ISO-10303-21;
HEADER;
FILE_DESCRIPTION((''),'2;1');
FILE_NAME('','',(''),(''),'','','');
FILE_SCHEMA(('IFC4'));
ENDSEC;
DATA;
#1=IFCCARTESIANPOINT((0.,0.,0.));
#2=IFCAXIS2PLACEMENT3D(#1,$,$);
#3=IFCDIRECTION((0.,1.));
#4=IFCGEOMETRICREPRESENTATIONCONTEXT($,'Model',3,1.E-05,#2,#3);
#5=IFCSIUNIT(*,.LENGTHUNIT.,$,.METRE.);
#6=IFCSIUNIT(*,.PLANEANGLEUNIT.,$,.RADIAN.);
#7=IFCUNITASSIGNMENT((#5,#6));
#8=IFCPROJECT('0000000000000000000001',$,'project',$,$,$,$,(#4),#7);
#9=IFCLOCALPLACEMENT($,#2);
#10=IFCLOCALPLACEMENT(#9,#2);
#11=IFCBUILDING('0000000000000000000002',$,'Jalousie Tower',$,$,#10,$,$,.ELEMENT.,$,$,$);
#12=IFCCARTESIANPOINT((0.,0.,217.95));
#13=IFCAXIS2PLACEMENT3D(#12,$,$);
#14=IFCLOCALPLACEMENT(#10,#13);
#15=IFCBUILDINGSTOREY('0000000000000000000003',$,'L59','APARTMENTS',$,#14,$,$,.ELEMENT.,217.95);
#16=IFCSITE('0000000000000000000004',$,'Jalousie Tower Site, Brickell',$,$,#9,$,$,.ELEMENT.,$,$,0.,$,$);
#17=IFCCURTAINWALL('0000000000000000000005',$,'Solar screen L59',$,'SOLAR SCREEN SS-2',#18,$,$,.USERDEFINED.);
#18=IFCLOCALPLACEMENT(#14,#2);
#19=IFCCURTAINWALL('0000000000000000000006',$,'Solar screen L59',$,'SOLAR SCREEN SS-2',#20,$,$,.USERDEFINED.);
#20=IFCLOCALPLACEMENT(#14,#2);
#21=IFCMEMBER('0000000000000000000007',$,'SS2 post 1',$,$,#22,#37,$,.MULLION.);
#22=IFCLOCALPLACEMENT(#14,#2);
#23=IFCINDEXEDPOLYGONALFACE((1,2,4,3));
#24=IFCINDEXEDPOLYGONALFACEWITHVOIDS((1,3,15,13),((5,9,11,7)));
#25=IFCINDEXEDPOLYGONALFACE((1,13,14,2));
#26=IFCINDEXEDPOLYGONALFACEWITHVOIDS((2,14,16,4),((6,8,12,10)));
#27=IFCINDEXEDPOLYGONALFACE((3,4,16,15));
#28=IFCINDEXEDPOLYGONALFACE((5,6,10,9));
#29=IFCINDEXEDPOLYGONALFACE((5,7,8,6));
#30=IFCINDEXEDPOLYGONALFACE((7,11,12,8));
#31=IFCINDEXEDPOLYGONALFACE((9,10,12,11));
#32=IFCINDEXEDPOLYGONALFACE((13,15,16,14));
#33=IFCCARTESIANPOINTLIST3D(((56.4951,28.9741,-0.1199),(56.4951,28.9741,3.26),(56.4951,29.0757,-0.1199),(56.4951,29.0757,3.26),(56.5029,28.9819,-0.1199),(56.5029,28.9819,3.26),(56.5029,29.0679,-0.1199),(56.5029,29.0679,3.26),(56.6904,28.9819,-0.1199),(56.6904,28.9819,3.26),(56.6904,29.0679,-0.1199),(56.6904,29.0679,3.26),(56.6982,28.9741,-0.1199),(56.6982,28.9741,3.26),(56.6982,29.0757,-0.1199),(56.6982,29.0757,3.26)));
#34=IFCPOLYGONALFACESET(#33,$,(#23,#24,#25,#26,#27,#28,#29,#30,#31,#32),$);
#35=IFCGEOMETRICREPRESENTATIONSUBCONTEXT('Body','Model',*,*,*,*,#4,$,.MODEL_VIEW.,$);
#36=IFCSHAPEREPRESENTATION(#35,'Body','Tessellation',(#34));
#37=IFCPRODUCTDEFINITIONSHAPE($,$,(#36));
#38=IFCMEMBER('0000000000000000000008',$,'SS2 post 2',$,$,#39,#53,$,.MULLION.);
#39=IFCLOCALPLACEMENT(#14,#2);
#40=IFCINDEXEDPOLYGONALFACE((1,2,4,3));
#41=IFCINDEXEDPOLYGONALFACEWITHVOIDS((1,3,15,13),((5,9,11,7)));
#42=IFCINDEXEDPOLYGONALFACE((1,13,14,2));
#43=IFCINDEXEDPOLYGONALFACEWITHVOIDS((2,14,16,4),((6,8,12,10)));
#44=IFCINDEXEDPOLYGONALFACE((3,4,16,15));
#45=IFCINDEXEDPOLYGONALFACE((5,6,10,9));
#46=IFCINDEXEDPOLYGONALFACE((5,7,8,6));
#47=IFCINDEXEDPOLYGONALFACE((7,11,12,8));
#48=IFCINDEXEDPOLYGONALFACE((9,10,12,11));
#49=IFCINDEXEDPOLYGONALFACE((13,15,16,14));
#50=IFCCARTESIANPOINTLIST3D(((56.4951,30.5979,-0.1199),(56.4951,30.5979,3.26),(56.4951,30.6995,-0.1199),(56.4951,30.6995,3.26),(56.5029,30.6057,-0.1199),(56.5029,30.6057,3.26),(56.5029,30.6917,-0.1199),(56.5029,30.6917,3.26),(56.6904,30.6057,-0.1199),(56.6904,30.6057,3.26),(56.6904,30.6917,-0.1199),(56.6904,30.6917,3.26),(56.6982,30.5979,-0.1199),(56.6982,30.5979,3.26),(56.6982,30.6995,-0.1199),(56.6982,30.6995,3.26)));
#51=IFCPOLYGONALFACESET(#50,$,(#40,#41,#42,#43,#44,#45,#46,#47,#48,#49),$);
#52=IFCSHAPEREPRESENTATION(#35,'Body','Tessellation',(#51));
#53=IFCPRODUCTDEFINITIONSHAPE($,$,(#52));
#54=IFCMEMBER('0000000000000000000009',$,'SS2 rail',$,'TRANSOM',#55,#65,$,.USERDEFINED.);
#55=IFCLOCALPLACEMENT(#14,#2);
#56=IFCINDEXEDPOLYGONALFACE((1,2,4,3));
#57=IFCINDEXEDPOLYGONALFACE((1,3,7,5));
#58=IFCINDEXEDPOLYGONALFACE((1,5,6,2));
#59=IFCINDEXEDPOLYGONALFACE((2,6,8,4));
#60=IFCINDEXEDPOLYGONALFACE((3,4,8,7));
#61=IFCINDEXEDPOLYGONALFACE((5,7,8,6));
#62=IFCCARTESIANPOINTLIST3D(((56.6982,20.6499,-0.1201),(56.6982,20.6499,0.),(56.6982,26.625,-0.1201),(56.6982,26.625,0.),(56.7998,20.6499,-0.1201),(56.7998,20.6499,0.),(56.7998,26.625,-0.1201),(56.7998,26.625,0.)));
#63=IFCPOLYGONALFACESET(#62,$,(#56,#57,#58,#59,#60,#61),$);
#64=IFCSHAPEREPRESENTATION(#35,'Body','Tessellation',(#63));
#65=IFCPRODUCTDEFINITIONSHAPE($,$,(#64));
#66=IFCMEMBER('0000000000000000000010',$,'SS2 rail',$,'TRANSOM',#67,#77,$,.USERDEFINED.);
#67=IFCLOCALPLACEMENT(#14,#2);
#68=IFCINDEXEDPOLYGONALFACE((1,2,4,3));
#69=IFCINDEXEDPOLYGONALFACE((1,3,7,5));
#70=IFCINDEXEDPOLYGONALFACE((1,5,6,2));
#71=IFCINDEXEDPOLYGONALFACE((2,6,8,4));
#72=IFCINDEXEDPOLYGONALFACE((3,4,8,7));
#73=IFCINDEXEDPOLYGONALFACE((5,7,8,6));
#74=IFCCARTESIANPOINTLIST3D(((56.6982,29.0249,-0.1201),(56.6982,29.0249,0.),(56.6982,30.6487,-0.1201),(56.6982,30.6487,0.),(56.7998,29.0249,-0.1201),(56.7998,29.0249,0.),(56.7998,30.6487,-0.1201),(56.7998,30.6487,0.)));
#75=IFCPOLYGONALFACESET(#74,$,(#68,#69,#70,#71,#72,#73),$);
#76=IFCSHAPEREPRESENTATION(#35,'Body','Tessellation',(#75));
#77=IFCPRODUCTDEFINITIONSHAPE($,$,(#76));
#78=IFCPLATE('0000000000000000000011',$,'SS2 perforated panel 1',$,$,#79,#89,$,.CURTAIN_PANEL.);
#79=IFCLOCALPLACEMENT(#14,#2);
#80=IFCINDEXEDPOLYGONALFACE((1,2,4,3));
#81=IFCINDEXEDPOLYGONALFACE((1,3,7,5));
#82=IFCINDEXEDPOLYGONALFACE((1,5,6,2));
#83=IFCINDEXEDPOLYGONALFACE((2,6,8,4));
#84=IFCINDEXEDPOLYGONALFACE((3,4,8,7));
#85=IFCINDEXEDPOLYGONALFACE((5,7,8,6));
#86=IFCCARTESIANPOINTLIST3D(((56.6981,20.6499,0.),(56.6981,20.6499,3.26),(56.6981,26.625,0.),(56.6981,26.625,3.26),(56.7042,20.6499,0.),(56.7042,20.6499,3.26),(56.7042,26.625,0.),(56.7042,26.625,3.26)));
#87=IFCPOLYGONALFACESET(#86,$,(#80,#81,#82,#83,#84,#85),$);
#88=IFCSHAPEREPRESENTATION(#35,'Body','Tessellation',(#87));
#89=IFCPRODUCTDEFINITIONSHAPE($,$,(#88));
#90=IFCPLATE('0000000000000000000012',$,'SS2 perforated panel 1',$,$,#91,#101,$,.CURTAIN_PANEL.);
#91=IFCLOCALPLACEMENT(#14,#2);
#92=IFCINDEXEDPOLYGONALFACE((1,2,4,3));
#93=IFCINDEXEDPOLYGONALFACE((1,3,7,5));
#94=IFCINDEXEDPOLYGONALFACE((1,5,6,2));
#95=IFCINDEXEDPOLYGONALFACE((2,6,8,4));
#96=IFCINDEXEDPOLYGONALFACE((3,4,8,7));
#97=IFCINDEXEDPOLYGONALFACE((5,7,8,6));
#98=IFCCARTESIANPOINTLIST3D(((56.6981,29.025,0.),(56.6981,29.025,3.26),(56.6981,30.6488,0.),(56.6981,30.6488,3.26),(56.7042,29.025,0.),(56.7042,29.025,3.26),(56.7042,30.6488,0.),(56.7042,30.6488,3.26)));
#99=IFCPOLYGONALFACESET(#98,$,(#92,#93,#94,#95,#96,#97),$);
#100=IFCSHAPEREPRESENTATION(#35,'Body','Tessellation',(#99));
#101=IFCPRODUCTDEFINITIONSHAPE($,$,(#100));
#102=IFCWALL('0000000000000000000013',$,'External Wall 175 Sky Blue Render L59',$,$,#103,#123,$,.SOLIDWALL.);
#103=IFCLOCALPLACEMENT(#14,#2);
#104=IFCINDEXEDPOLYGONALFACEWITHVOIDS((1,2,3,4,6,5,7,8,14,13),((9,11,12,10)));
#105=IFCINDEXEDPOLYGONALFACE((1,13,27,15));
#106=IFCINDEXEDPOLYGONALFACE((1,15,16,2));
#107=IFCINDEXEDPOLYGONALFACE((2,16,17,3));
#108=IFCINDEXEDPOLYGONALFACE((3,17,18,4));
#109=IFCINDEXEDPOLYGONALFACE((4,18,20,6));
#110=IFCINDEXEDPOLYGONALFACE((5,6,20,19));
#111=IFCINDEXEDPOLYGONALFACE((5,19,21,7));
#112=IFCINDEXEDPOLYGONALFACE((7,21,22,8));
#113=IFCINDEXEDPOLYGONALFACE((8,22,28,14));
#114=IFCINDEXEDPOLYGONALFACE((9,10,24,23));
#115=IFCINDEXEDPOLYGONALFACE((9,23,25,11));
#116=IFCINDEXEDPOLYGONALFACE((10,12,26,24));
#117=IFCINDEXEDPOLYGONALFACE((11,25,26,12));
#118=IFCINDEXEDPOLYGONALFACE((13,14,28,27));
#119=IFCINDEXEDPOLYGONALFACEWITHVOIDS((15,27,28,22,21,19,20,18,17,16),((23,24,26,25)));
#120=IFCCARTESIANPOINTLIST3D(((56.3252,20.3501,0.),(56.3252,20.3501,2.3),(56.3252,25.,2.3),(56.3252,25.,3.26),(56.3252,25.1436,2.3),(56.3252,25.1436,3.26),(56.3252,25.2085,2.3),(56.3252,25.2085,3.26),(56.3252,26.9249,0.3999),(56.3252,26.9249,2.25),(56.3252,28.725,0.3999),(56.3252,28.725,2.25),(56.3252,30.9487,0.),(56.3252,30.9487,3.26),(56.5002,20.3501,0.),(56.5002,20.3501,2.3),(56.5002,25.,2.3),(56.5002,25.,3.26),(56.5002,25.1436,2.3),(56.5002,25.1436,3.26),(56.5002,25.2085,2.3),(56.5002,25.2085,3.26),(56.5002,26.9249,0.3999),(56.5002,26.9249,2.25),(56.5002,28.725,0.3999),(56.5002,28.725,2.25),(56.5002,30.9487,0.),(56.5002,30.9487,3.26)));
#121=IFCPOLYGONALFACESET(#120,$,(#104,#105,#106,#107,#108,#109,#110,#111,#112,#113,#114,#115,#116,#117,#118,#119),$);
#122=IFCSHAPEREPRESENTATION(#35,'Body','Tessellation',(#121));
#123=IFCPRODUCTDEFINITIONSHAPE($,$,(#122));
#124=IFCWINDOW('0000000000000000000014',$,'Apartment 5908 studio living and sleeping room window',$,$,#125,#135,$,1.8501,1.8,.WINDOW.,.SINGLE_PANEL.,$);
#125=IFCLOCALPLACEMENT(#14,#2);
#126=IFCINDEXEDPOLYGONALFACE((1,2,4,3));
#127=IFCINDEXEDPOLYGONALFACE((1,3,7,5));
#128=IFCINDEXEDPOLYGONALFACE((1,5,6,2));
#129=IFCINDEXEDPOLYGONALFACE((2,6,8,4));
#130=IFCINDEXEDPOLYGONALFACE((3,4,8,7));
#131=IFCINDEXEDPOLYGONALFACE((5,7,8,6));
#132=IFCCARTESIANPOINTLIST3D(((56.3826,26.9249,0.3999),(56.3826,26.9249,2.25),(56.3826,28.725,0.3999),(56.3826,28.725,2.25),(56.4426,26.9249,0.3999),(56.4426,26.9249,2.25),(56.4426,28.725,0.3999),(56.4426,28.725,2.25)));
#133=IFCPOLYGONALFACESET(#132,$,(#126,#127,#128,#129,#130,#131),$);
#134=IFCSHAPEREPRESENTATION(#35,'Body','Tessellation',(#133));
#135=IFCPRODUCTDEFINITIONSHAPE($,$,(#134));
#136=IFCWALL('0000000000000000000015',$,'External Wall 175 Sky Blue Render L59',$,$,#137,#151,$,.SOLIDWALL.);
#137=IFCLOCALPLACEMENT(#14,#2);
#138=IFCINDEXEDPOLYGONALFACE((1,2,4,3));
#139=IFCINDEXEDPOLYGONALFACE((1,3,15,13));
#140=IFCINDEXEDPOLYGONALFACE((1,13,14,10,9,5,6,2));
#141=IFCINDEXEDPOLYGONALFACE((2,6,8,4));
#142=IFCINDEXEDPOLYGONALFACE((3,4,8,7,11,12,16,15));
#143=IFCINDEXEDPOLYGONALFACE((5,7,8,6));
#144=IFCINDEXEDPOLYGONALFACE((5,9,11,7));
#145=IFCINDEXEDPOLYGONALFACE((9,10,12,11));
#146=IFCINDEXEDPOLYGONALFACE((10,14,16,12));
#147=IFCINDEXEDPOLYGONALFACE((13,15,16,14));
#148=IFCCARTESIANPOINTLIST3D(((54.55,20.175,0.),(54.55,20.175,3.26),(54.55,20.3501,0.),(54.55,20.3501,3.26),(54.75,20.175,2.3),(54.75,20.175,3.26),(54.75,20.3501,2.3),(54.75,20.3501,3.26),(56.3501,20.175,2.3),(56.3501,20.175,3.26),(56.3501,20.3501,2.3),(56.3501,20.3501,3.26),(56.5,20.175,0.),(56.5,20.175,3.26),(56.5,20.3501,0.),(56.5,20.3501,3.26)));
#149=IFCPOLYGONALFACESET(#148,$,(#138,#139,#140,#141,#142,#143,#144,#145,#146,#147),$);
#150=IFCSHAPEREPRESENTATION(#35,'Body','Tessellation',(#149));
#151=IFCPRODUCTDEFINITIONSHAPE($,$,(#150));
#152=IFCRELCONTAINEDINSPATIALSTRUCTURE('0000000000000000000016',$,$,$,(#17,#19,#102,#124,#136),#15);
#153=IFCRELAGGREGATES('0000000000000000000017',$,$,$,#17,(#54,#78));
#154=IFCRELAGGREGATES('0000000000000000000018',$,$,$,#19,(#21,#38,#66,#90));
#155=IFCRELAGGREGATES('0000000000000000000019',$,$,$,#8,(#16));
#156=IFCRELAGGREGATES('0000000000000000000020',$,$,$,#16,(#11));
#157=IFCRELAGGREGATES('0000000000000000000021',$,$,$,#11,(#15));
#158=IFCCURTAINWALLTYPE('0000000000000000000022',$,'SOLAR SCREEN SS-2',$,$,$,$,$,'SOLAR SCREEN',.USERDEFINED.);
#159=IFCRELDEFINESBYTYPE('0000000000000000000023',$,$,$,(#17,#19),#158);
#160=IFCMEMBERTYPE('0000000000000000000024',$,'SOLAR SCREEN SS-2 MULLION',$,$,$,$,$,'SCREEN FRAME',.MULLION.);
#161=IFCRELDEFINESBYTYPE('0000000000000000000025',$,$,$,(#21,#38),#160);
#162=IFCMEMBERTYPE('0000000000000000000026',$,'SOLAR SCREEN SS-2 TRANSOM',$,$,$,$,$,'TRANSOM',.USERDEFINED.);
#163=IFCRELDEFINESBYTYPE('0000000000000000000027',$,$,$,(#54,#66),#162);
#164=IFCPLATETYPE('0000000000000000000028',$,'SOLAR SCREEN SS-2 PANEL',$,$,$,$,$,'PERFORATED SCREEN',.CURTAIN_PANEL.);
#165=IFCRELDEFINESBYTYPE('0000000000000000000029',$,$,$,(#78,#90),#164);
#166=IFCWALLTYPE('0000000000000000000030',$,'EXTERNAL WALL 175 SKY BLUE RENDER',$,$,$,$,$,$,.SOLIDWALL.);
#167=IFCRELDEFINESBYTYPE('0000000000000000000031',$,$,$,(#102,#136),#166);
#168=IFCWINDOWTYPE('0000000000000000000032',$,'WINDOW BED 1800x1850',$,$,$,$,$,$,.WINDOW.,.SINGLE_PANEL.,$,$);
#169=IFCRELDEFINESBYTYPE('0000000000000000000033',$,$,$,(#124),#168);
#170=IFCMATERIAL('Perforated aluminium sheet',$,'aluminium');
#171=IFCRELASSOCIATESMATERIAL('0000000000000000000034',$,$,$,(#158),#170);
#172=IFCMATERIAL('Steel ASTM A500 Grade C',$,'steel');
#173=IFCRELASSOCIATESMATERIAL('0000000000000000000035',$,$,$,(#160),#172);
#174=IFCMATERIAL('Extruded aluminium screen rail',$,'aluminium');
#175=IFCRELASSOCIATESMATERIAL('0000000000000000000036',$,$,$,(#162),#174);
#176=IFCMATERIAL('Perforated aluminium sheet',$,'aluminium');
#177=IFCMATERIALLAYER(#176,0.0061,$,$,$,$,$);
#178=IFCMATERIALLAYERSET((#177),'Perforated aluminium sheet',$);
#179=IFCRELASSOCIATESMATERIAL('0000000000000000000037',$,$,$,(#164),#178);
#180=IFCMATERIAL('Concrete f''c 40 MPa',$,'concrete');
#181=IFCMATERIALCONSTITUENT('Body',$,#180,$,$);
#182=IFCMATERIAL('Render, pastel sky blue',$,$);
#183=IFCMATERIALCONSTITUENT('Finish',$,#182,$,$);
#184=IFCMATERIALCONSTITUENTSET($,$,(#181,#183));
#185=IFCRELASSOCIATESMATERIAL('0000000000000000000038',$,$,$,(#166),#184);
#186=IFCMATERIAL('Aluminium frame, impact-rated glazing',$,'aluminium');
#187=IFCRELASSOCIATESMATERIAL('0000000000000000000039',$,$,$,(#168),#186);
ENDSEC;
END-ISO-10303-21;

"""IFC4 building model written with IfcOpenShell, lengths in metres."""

from ifc_helpers import new_model, si_unit, direction, frame, frame_2d, origin, origin_2d, place, context, subcontext, project, spatial, polyline, rectangle, hollow_rectangle, outline, extrude, material, layer, layer_set, constituent, constituent_set, material_profile, profile_set, type_object, element, fill, aggregate, save


model = new_model("IFC4")

# Units and contexts
model_context = context("Model", 3, precision=1e-05, world=origin(), true_north=direction((0.0, 1.0)))
body_context = subcontext(model_context, "Body", "Model", "MODEL_VIEW")
ifc_project = project(units=[si_unit("LENGTHUNIT", "METRE"), si_unit("PLANEANGLEUNIT", "RADIAN")], contexts=[model_context])

# Site, building, storey
site_placement = place(None, origin())
site = spatial("IfcSite", under=ifc_project, at=site_placement, Name="Jalousie Tower Site, Brickell", CompositionType="ELEMENT", RefElevation=0.0)
building_placement = place(site_placement, origin())
building = spatial("IfcBuilding", under=site, at=building_placement, Name="Jalousie Tower", CompositionType="ELEMENT")
storey_placement = place(building_placement, frame((0.0, 0.0, 217.95)))
storey = spatial("IfcBuildingStorey", under=building, at=storey_placement, Name="L59", Description="APARTMENTS", CompositionType="ELEMENT", Elevation=217.95)

# Curtain walls, members
ifc_material_1 = material(Name="Perforated aluminium sheet", Category="aluminium")
curtain_wall_type_1 = type_object("IfcCurtainWallType", Name="SOLAR SCREEN SS-2", ElementType="SOLAR SCREEN", PredefinedType="USERDEFINED", material=ifc_material_1)
curtain_wall_1_placement = place(storey_placement, origin())
curtain_wall_1 = element("IfcCurtainWall", 1, at=curtain_wall_1_placement, inside=storey, type_object=curtain_wall_type_1, Name="Solar screen L59", ObjectType="SOLAR SCREEN SS-2", PredefinedType="USERDEFINED")
ifc_material_2 = material(Name="Steel ASTM A500 Grade C", Category="steel")
ifc_material_profile_1 = material_profile(ifc_material_2, hollow_rectangle(XDim=0.1016, YDim=0.2031, WallThickness=0.0078, at=origin_2d()), Name="HSS8X4X5/16")
ifc_profile_set_1 = profile_set([ifc_material_profile_1], Name="Steel ASTM A500 Grade C")
member_type_1 = type_object("IfcMemberType", Name="SOLAR SCREEN SS-2 MULLION", ElementType="SCREEN FRAME", PredefinedType="MULLION", material=ifc_profile_set_1)
curtain_wall_2_placement = place(storey_placement, origin())
curtain_wall_2 = element("IfcCurtainWall", 2, at=curtain_wall_2_placement, inside=storey, type_object=curtain_wall_type_1, Name="Solar screen L59", ObjectType="SOLAR SCREEN SS-2", PredefinedType="USERDEFINED")
member_1_placement = place(storey_placement, frame((56.5967, 29.0249, -0.1199), z_axis=(0.0, 0.0, 1.0), x_axis=(0.0, 1.0, 0.0)))
member_1 = element("IfcMember", 3, at=member_1_placement, type_object=member_type_1, Name="SS2 post 1", PredefinedType="MULLION", context=body_context, shape_type="SweptSolid", body=[
    extrude(hollow_rectangle(XDim=0.1016, YDim=0.2031, WallThickness=0.0078, at=origin_2d()), origin(), (0.0, 0.0, 1.0), 3.3799),
])
member_2_placement = place(storey_placement, frame((56.5967, 30.6487, -0.1199), z_axis=(0.0, 0.0, 1.0), x_axis=(0.0, 1.0, 0.0)))
member_2 = element("IfcMember", 4, at=member_2_placement, type_object=member_type_1, Name="SS2 post 2", PredefinedType="MULLION", context=body_context, shape_type="SweptSolid", body=[
    extrude(hollow_rectangle(XDim=0.1016, YDim=0.2031, WallThickness=0.0078, at=origin_2d()), origin(), (0.0, 0.0, 1.0), 3.3799),
])

# Members
ifc_material_3 = material(Name="Extruded aluminium screen rail", Category="aluminium")
ifc_material_profile_2 = material_profile(ifc_material_3, rectangle(XDim=0.1016, YDim=0.1201, at=origin_2d()), Name="RAIL 102x120")
ifc_profile_set_2 = profile_set([ifc_material_profile_2], Name="Extruded aluminium screen rail")
member_type_2 = type_object("IfcMemberType", Name="SOLAR SCREEN SS-2 TRANSOM", ElementType="TRANSOM", PredefinedType="USERDEFINED", material=ifc_profile_set_2)
member_3_placement = place(storey_placement, frame((56.749, 20.6499, -0.0601), z_axis=(0.0, 1.0, 0.0), x_axis=(-1.0, 0.0, 0.0)))
member_3 = element("IfcMember", 5, at=member_3_placement, type_object=member_type_2, Name="SS2 rail", ObjectType="TRANSOM", PredefinedType="USERDEFINED", context=body_context, shape_type="SweptSolid", body=[
    extrude(rectangle(XDim=0.1016, YDim=0.1201, at=origin_2d()), origin(), (0.0, 0.0, 1.0), 5.9751),
])
member_4_placement = place(storey_placement, frame((56.749, 29.0249, -0.0601), z_axis=(0.0, 1.0, 0.0), x_axis=(-1.0, 0.0, 0.0)))
member_4 = element("IfcMember", 6, at=member_4_placement, type_object=member_type_2, Name="SS2 rail", ObjectType="TRANSOM", PredefinedType="USERDEFINED", context=body_context, shape_type="SweptSolid", body=[
    extrude(rectangle(XDim=0.1016, YDim=0.1201, at=origin_2d()), origin(), (0.0, 0.0, 1.0), 1.6238),
])

# Plates
ifc_material_4 = material(Name="Perforated aluminium sheet", Category="aluminium")
ifc_layer_1 = layer(ifc_material_4, 0.0061)
ifc_layer_set_1 = layer_set([ifc_layer_1], Name="Perforated aluminium sheet")
plate_type = type_object("IfcPlateType", Name="SOLAR SCREEN SS-2 PANEL", ElementType="PERFORATED SCREEN", PredefinedType="CURTAIN_PANEL", material=ifc_layer_set_1)
plate_1_placement = place(storey_placement, frame((56.7012, 23.6375, 0.0), z_axis=(0.0, 0.0, 1.0), x_axis=(0.0, 1.0, 0.0)))
plate_1 = element("IfcPlate", 7, at=plate_1_placement, type_object=plate_type, Name="SS2 perforated panel 1", PredefinedType="CURTAIN_PANEL", context=body_context, shape_type="SweptSolid", body=[
    extrude(rectangle(XDim=5.9751, YDim=0.0061, at=origin_2d()), origin(), (0.0, 0.0, 1.0), 3.26),
])
aggregate(curtain_wall_1, [member_3, plate_1])
plate_2_placement = place(storey_placement, frame((56.7012, 29.8369, 0.0), z_axis=(0.0, 0.0, 1.0), x_axis=(0.0, 1.0, 0.0)))
plate_2 = element("IfcPlate", 8, at=plate_2_placement, type_object=plate_type, Name="SS2 perforated panel 1", PredefinedType="CURTAIN_PANEL", context=body_context, shape_type="SweptSolid", body=[
    extrude(rectangle(XDim=1.6238, YDim=0.0061, at=origin_2d()), origin(), (0.0, 0.0, 1.0), 3.26),
])
aggregate(curtain_wall_2, [member_1, member_2, member_4, plate_2])

# Wall, opening, window
ifc_material_5 = material(Name="Concrete f'c 40 MPa", Category="concrete")
ifc_constituent_1 = constituent(ifc_material_5, Name="Body")
ifc_material_6 = material(Name="Render, pastel sky blue")
ifc_constituent_2 = constituent(ifc_material_6, Name="Finish")
ifc_constituent_set_1 = constituent_set(constituents=[ifc_constituent_1, ifc_constituent_2])
wall_type_1 = type_object("IfcWallType", Name="EXTERNAL WALL 175 SKY BLUE RENDER", PredefinedType="SOLIDWALL", material=ifc_constituent_set_1)
wall_1_placement = place(storey_placement, frame((56.4126, 20.3501, 0.0), z_axis=(0.0, 0.0, 1.0), x_axis=(0.0, 1.0, 0.0)))
wall_1 = element("IfcWall", 9, at=wall_1_placement, inside=storey, type_object=wall_type_1, Name="External Wall 175 Sky Blue Render L59", PredefinedType="SOLIDWALL", context=body_context, shape_type="SweptSolid", body=[
    extrude(outline(polyline([(0.0, 0.0), (10.5986, 0.0), (10.5986, 3.26), (4.8584, 3.26), (4.8584, 2.3), (4.7935, 2.3), (4.7935, 3.26), (4.6499, 3.26), (4.6499, 2.3), (0.0, 2.3), (0.0, 0.0)])), frame((0.0, 0.0874, 0.0), z_axis=(0.0, -1.0, 0.0), x_axis=(1.0, 0.0, 0.0)), (0.0, 0.0, 1.0), 0.175),
])
opening_1_placement = place(wall_1_placement, frame((6.575, 0.0, 0.3999)))
opening_1 = element("IfcOpeningElement", 10, at=opening_1_placement, cuts=wall_1, PredefinedType="OPENING", context=body_context, shape_type="SweptSolid", body=[
    extrude(rectangle(XDim=1.8, YDim=1.8501, at=frame_2d((0.8999, 0.925))), frame((0.0, 0.0974, 0.0), z_axis=(0.0, -1.0, 0.0), x_axis=(1.0, 0.0, 0.0)), (0.0, 0.0, 1.0), 0.1951),
])
ifc_material_7 = material(Name="Aluminium frame, impact-rated glazing", Category="aluminium")
window_type = type_object("IfcWindowType", Name="WINDOW BED 1800x1850", PartitioningType="SINGLE_PANEL", PredefinedType="WINDOW", material=ifc_material_7)
window_placement = place(opening_1_placement, origin())
window = element("IfcWindow", 11, at=window_placement, inside=storey, type_object=window_type, Name="Apartment 5908 studio living and sleeping room window", OverallHeight=1.8501, OverallWidth=1.8, PartitioningType="SINGLE_PANEL", PredefinedType="WINDOW", context=body_context, shape_type="SweptSolid", body=[
    extrude(rectangle(XDim=1.8, YDim=1.8501, at=frame_2d((0.8999, 0.925))), frame((0.0, 0.03, 0.0), z_axis=(0.0, -1.0, 0.0), x_axis=(1.0, 0.0, 0.0)), (0.0, 0.0, 1.0), 0.0601),
])
fill(opening_1, window)

# Wall
wall_2_placement = place(storey_placement, frame((56.5, 20.2625, 0.0), z_axis=(0.0, 0.0, 1.0), x_axis=(-1.0, 0.0, 0.0)))
element("IfcWall", 12, at=wall_2_placement, inside=storey, type_object=wall_type_1, Name="External Wall 175 Sky Blue Render L59", PredefinedType="SOLIDWALL", context=body_context, shape_type="SweptSolid", body=[
    extrude(outline(polyline([(0.0, 0.0), (1.95, 0.0), (1.95, 3.26), (1.75, 3.26), (1.75, 2.3), (0.1499, 2.3), (0.1499, 3.26), (0.0, 3.26), (0.0, 0.0)])), frame((0.0, 0.0874, 0.0), z_axis=(0.0, -1.0, 0.0), x_axis=(1.0, 0.0, 0.0)), (0.0, 0.0, 1.0), 0.175),
])

save(model, "model.ifc")
